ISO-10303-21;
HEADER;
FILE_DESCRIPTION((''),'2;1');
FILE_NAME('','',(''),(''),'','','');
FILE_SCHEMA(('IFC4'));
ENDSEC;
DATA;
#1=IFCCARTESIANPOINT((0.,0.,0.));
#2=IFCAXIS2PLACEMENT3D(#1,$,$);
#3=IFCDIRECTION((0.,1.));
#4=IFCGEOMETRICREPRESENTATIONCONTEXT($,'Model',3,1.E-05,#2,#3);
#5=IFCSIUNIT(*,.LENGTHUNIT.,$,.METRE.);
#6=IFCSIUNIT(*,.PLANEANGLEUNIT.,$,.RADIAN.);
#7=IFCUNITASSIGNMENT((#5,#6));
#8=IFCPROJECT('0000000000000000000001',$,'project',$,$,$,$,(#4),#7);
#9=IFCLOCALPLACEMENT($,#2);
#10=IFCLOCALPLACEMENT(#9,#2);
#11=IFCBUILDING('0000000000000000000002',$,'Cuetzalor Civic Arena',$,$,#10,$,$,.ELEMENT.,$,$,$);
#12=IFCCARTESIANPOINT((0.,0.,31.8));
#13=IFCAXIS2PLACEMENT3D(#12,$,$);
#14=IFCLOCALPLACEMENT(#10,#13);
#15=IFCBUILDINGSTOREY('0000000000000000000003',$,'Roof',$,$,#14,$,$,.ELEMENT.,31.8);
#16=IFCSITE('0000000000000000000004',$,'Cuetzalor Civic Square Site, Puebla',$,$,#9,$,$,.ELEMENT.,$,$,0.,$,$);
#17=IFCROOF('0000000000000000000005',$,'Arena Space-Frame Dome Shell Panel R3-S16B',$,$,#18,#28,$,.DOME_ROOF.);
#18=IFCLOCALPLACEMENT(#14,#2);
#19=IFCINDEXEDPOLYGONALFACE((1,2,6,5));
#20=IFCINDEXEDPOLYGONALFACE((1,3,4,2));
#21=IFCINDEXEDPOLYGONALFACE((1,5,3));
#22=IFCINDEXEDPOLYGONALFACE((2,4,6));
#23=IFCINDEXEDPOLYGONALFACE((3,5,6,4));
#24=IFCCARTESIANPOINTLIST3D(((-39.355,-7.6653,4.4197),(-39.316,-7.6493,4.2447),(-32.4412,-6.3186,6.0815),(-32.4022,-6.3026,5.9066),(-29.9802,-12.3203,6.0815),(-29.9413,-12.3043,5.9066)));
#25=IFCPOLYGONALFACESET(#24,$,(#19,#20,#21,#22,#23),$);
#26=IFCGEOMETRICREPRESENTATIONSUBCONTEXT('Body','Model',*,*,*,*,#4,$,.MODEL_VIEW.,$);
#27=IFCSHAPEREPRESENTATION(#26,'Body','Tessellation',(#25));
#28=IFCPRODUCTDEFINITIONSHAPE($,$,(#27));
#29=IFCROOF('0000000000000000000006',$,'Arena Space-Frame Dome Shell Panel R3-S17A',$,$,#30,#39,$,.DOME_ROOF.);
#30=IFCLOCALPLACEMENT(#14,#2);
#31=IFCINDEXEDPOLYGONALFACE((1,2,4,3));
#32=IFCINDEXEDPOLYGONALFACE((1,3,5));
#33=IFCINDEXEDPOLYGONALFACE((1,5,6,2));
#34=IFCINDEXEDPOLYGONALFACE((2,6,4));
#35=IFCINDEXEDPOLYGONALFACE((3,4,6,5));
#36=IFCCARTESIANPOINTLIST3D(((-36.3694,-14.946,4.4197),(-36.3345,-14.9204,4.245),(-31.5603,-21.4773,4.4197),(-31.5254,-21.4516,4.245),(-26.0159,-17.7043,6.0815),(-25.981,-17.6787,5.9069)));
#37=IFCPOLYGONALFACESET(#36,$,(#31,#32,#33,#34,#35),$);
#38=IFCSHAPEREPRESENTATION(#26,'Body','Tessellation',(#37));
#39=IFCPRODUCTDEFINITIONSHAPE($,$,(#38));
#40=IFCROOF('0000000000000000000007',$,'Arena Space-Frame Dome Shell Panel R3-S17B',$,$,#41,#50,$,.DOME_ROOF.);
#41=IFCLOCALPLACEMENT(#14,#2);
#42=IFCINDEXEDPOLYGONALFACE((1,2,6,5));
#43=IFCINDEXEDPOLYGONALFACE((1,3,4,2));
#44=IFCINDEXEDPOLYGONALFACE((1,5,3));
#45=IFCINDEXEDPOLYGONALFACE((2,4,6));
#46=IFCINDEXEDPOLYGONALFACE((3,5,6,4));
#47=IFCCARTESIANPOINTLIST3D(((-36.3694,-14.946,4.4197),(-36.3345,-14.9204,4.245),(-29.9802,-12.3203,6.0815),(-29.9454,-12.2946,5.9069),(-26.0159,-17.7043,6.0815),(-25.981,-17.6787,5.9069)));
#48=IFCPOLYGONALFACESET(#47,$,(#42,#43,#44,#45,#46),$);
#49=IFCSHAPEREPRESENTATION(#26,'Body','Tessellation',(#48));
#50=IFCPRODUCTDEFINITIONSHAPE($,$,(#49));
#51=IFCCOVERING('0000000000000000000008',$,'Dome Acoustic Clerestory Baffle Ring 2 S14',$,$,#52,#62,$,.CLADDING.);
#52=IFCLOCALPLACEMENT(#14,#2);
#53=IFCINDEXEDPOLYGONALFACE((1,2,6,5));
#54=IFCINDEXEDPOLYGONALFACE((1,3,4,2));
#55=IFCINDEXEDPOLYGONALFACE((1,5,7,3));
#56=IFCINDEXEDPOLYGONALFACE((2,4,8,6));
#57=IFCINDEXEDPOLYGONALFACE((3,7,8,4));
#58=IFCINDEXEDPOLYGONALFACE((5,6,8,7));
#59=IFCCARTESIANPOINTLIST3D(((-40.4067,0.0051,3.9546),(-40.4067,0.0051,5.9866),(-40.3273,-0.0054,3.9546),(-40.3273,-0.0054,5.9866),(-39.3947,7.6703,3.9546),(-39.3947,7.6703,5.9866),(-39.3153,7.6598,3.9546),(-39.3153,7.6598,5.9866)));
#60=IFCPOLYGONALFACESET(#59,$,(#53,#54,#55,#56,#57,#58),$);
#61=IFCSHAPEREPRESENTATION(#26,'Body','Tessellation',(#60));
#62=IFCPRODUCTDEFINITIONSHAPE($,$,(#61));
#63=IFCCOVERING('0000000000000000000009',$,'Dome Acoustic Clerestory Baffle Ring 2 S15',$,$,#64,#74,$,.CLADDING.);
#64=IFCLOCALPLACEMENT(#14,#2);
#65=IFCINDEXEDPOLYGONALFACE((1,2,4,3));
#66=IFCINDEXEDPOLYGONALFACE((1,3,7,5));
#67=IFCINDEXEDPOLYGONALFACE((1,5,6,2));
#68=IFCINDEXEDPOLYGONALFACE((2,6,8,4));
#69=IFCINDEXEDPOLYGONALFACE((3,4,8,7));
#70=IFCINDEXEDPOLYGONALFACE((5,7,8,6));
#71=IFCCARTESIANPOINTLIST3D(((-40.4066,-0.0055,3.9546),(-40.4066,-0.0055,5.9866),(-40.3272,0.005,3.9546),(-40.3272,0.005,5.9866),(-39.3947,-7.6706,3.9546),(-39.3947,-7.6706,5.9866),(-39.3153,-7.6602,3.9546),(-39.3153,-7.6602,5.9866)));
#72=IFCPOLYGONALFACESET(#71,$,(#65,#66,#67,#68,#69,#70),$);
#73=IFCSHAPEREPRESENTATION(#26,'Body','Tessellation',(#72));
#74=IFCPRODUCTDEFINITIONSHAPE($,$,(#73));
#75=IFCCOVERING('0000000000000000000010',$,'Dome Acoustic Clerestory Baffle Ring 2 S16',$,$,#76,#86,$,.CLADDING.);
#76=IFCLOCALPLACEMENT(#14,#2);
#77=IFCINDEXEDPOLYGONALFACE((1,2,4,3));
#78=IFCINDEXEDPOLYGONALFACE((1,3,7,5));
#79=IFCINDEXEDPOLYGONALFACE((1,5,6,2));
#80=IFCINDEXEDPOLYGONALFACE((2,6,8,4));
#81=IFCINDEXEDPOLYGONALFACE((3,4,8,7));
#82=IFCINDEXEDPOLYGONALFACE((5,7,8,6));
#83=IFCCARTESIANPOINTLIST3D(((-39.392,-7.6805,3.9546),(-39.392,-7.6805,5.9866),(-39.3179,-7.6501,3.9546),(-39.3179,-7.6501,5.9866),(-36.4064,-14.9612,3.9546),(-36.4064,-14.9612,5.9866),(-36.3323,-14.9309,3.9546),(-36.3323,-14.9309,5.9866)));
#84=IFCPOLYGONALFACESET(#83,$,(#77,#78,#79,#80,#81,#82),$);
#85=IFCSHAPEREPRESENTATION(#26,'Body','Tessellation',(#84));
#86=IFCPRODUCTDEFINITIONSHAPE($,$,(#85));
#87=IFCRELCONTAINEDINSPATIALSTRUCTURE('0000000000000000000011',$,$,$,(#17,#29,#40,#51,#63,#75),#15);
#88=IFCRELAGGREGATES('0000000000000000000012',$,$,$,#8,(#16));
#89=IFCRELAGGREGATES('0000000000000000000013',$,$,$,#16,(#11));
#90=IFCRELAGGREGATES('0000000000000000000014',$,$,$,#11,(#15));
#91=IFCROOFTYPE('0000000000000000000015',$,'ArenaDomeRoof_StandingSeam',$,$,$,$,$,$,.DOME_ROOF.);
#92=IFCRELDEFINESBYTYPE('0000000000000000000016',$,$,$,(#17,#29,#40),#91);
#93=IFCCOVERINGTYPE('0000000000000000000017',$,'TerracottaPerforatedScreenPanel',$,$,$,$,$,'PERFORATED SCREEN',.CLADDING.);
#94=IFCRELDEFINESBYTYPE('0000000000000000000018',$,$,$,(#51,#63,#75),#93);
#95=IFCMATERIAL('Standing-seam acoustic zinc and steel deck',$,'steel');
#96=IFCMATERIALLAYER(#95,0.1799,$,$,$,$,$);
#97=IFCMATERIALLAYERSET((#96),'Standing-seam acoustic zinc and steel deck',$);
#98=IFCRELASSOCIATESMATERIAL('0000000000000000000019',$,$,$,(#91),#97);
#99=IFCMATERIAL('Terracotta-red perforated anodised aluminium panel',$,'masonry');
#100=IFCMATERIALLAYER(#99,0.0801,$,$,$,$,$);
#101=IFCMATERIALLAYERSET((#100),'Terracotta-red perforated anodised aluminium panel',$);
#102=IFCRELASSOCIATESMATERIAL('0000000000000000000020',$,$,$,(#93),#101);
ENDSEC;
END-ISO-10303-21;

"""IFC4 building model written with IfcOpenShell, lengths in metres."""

from ifc_helpers import new_model, si_unit, direction, frame, frame_2d, origin, place, context, subcontext, project, spatial, polyline, rectangle, outline, extrude, material, layer, layer_set, type_object, element, save


model = new_model("IFC4")

# Units and contexts
model_context = context("Model", 3, precision=1e-05, world=origin(), true_north=direction((0.0, 1.0)))
body_context = subcontext(model_context, "Body", "Model", "MODEL_VIEW")
ifc_project = project(units=[si_unit("LENGTHUNIT", "METRE"), si_unit("PLANEANGLEUNIT", "RADIAN")], contexts=[model_context])

# Site, building, storey
site_placement = place(None, origin())
site = spatial("IfcSite", under=ifc_project, at=site_placement, Name="Cuetzalor Civic Square Site, Puebla", CompositionType="ELEMENT", RefElevation=0.0)
building_placement = place(site_placement, origin())
building = spatial("IfcBuilding", under=site, at=building_placement, Name="Cuetzalor Civic Arena", CompositionType="ELEMENT")
storey_placement = place(building_placement, frame((0.0, 0.0, 31.8)))
storey = spatial("IfcBuildingStorey", under=building, at=storey_placement, Name="Roof", CompositionType="ELEMENT", Elevation=31.8)

# Roofs
ifc_material_1 = material(Name="Standing-seam acoustic zinc and steel deck", Category="steel")
ifc_layer_1 = layer(ifc_material_1, 0.1799)
ifc_layer_set_1 = layer_set([ifc_layer_1], Name="Standing-seam acoustic zinc and steel deck")
roof_type = type_object("IfcRoofType", Name="ArenaDomeRoof_StandingSeam", PredefinedType="DOME_ROOF", material=ifc_layer_set_1)
roof_1_placement = place(storey_placement, frame((-39.355, -7.6653, 4.4197), z_axis=(-0.216416, -0.088739, 0.97226), x_axis=(0.88458, -0.439237, 0.15681)))
element("IfcRoof", 1, at=roof_1_placement, inside=storey, type_object=roof_type, Name="Arena Space-Frame Dome Shell Panel R3-S16B", PredefinedType="DOME_ROOF", context=body_context, shape_type="SweptSolid", body=[
    extrude(outline(polyline([(0.0, 0.0), (10.598, 0.0), (5.7849, 4.3487), (0.0, 0.0)])), origin(), (0.0, 0.0, -1.0), 0.1799),
])
roof_2_placement = place(storey_placement, frame((-36.3694, -14.946, 4.4197), z_axis=(-0.193813, -0.142708, 0.970603), x_axis=(0.592926, -0.805257, 0.0)))
element("IfcRoof", 2, at=roof_2_placement, inside=storey, type_object=roof_type, Name="Arena Space-Frame Dome Shell Panel R3-S17A", PredefinedType="DOME_ROOF", context=body_context, shape_type="SweptSolid", body=[
    extrude(outline(polyline([(0.0, 0.0), (8.1108, 0.0), (8.36, 6.9047), (0.0, 0.0)])), origin(), (0.0, 0.0, -1.0), 0.1799),
])
roof_3_placement = place(storey_placement, frame((-36.3694, -14.946, 4.4197), z_axis=(-0.193813, -0.142708, 0.970604), x_axis=(0.954879, -0.254391, 0.15327)))
element("IfcRoof", 3, at=roof_3_placement, inside=storey, type_object=roof_type, Name="Arena Space-Frame Dome Shell Panel R3-S17B", PredefinedType="DOME_ROOF", context=body_context, shape_type="SweptSolid", body=[
    extrude(outline(polyline([(0.0, 0.0), (10.8428, 0.0), (5.6876, 4.2578), (0.0, 0.0)])), origin(), (0.0, 0.0, -1.0), 0.1799),
])

# Coverings
ifc_material_2 = material(Name="Terracotta-red perforated anodised aluminium panel", Category="masonry")
ifc_layer_2 = layer(ifc_material_2, 0.0801)
ifc_layer_set_2 = layer_set([ifc_layer_2], Name="Terracotta-red perforated anodised aluminium panel")
covering_type = type_object("IfcCoveringType", Name="TerracottaPerforatedScreenPanel", ElementType="PERFORATED SCREEN", PredefinedType="CLADDING", material=ifc_layer_set_2)
for number, where, z_axis, x_axis, name in (
    (4, (-40.3669, 0.0, 3.9546), (0.0, 0.0, 1.0), (0.130883, 0.991398, 0.0), "Dome Acoustic Clerestory Baffle Ring 2 S14"),
    (5, (-39.355, -7.6653, 3.9546), (0.0, 0.0, 1.0), (-0.130883, 0.991398, 0.0), "Dome Acoustic Clerestory Baffle Ring 2 S15"),
):
    element("IfcCovering", number, at=place(storey_placement, frame(where, z_axis=z_axis, x_axis=x_axis)), inside=storey, type_object=covering_type, Name=name, PredefinedType="CLADDING", context=body_context, shape_type="SweptSolid", body=[
        extrude(rectangle(XDim=7.7317, YDim=0.0801, at=frame_2d((3.8657, 0.0))), origin(), (0.0, 0.0, 1.0), 2.032),
    ])
covering_placement = place(storey_placement, frame((-36.3694, -14.946, 3.9546), z_axis=(0.0, 0.0, 1.0), x_axis=(-0.379406, 0.92523, 0.0)))
element("IfcCovering", 6, at=covering_placement, inside=storey, type_object=covering_type, Name="Dome Acoustic Clerestory Baffle Ring 2 S16", PredefinedType="CLADDING", context=body_context, shape_type="SweptSolid", body=[
    extrude(rectangle(XDim=7.8691, YDim=0.0801, at=frame_2d((3.9346, 0.0))), origin(), (0.0, 0.0, 1.0), 2.032),
])

save(model, "model.ifc")
